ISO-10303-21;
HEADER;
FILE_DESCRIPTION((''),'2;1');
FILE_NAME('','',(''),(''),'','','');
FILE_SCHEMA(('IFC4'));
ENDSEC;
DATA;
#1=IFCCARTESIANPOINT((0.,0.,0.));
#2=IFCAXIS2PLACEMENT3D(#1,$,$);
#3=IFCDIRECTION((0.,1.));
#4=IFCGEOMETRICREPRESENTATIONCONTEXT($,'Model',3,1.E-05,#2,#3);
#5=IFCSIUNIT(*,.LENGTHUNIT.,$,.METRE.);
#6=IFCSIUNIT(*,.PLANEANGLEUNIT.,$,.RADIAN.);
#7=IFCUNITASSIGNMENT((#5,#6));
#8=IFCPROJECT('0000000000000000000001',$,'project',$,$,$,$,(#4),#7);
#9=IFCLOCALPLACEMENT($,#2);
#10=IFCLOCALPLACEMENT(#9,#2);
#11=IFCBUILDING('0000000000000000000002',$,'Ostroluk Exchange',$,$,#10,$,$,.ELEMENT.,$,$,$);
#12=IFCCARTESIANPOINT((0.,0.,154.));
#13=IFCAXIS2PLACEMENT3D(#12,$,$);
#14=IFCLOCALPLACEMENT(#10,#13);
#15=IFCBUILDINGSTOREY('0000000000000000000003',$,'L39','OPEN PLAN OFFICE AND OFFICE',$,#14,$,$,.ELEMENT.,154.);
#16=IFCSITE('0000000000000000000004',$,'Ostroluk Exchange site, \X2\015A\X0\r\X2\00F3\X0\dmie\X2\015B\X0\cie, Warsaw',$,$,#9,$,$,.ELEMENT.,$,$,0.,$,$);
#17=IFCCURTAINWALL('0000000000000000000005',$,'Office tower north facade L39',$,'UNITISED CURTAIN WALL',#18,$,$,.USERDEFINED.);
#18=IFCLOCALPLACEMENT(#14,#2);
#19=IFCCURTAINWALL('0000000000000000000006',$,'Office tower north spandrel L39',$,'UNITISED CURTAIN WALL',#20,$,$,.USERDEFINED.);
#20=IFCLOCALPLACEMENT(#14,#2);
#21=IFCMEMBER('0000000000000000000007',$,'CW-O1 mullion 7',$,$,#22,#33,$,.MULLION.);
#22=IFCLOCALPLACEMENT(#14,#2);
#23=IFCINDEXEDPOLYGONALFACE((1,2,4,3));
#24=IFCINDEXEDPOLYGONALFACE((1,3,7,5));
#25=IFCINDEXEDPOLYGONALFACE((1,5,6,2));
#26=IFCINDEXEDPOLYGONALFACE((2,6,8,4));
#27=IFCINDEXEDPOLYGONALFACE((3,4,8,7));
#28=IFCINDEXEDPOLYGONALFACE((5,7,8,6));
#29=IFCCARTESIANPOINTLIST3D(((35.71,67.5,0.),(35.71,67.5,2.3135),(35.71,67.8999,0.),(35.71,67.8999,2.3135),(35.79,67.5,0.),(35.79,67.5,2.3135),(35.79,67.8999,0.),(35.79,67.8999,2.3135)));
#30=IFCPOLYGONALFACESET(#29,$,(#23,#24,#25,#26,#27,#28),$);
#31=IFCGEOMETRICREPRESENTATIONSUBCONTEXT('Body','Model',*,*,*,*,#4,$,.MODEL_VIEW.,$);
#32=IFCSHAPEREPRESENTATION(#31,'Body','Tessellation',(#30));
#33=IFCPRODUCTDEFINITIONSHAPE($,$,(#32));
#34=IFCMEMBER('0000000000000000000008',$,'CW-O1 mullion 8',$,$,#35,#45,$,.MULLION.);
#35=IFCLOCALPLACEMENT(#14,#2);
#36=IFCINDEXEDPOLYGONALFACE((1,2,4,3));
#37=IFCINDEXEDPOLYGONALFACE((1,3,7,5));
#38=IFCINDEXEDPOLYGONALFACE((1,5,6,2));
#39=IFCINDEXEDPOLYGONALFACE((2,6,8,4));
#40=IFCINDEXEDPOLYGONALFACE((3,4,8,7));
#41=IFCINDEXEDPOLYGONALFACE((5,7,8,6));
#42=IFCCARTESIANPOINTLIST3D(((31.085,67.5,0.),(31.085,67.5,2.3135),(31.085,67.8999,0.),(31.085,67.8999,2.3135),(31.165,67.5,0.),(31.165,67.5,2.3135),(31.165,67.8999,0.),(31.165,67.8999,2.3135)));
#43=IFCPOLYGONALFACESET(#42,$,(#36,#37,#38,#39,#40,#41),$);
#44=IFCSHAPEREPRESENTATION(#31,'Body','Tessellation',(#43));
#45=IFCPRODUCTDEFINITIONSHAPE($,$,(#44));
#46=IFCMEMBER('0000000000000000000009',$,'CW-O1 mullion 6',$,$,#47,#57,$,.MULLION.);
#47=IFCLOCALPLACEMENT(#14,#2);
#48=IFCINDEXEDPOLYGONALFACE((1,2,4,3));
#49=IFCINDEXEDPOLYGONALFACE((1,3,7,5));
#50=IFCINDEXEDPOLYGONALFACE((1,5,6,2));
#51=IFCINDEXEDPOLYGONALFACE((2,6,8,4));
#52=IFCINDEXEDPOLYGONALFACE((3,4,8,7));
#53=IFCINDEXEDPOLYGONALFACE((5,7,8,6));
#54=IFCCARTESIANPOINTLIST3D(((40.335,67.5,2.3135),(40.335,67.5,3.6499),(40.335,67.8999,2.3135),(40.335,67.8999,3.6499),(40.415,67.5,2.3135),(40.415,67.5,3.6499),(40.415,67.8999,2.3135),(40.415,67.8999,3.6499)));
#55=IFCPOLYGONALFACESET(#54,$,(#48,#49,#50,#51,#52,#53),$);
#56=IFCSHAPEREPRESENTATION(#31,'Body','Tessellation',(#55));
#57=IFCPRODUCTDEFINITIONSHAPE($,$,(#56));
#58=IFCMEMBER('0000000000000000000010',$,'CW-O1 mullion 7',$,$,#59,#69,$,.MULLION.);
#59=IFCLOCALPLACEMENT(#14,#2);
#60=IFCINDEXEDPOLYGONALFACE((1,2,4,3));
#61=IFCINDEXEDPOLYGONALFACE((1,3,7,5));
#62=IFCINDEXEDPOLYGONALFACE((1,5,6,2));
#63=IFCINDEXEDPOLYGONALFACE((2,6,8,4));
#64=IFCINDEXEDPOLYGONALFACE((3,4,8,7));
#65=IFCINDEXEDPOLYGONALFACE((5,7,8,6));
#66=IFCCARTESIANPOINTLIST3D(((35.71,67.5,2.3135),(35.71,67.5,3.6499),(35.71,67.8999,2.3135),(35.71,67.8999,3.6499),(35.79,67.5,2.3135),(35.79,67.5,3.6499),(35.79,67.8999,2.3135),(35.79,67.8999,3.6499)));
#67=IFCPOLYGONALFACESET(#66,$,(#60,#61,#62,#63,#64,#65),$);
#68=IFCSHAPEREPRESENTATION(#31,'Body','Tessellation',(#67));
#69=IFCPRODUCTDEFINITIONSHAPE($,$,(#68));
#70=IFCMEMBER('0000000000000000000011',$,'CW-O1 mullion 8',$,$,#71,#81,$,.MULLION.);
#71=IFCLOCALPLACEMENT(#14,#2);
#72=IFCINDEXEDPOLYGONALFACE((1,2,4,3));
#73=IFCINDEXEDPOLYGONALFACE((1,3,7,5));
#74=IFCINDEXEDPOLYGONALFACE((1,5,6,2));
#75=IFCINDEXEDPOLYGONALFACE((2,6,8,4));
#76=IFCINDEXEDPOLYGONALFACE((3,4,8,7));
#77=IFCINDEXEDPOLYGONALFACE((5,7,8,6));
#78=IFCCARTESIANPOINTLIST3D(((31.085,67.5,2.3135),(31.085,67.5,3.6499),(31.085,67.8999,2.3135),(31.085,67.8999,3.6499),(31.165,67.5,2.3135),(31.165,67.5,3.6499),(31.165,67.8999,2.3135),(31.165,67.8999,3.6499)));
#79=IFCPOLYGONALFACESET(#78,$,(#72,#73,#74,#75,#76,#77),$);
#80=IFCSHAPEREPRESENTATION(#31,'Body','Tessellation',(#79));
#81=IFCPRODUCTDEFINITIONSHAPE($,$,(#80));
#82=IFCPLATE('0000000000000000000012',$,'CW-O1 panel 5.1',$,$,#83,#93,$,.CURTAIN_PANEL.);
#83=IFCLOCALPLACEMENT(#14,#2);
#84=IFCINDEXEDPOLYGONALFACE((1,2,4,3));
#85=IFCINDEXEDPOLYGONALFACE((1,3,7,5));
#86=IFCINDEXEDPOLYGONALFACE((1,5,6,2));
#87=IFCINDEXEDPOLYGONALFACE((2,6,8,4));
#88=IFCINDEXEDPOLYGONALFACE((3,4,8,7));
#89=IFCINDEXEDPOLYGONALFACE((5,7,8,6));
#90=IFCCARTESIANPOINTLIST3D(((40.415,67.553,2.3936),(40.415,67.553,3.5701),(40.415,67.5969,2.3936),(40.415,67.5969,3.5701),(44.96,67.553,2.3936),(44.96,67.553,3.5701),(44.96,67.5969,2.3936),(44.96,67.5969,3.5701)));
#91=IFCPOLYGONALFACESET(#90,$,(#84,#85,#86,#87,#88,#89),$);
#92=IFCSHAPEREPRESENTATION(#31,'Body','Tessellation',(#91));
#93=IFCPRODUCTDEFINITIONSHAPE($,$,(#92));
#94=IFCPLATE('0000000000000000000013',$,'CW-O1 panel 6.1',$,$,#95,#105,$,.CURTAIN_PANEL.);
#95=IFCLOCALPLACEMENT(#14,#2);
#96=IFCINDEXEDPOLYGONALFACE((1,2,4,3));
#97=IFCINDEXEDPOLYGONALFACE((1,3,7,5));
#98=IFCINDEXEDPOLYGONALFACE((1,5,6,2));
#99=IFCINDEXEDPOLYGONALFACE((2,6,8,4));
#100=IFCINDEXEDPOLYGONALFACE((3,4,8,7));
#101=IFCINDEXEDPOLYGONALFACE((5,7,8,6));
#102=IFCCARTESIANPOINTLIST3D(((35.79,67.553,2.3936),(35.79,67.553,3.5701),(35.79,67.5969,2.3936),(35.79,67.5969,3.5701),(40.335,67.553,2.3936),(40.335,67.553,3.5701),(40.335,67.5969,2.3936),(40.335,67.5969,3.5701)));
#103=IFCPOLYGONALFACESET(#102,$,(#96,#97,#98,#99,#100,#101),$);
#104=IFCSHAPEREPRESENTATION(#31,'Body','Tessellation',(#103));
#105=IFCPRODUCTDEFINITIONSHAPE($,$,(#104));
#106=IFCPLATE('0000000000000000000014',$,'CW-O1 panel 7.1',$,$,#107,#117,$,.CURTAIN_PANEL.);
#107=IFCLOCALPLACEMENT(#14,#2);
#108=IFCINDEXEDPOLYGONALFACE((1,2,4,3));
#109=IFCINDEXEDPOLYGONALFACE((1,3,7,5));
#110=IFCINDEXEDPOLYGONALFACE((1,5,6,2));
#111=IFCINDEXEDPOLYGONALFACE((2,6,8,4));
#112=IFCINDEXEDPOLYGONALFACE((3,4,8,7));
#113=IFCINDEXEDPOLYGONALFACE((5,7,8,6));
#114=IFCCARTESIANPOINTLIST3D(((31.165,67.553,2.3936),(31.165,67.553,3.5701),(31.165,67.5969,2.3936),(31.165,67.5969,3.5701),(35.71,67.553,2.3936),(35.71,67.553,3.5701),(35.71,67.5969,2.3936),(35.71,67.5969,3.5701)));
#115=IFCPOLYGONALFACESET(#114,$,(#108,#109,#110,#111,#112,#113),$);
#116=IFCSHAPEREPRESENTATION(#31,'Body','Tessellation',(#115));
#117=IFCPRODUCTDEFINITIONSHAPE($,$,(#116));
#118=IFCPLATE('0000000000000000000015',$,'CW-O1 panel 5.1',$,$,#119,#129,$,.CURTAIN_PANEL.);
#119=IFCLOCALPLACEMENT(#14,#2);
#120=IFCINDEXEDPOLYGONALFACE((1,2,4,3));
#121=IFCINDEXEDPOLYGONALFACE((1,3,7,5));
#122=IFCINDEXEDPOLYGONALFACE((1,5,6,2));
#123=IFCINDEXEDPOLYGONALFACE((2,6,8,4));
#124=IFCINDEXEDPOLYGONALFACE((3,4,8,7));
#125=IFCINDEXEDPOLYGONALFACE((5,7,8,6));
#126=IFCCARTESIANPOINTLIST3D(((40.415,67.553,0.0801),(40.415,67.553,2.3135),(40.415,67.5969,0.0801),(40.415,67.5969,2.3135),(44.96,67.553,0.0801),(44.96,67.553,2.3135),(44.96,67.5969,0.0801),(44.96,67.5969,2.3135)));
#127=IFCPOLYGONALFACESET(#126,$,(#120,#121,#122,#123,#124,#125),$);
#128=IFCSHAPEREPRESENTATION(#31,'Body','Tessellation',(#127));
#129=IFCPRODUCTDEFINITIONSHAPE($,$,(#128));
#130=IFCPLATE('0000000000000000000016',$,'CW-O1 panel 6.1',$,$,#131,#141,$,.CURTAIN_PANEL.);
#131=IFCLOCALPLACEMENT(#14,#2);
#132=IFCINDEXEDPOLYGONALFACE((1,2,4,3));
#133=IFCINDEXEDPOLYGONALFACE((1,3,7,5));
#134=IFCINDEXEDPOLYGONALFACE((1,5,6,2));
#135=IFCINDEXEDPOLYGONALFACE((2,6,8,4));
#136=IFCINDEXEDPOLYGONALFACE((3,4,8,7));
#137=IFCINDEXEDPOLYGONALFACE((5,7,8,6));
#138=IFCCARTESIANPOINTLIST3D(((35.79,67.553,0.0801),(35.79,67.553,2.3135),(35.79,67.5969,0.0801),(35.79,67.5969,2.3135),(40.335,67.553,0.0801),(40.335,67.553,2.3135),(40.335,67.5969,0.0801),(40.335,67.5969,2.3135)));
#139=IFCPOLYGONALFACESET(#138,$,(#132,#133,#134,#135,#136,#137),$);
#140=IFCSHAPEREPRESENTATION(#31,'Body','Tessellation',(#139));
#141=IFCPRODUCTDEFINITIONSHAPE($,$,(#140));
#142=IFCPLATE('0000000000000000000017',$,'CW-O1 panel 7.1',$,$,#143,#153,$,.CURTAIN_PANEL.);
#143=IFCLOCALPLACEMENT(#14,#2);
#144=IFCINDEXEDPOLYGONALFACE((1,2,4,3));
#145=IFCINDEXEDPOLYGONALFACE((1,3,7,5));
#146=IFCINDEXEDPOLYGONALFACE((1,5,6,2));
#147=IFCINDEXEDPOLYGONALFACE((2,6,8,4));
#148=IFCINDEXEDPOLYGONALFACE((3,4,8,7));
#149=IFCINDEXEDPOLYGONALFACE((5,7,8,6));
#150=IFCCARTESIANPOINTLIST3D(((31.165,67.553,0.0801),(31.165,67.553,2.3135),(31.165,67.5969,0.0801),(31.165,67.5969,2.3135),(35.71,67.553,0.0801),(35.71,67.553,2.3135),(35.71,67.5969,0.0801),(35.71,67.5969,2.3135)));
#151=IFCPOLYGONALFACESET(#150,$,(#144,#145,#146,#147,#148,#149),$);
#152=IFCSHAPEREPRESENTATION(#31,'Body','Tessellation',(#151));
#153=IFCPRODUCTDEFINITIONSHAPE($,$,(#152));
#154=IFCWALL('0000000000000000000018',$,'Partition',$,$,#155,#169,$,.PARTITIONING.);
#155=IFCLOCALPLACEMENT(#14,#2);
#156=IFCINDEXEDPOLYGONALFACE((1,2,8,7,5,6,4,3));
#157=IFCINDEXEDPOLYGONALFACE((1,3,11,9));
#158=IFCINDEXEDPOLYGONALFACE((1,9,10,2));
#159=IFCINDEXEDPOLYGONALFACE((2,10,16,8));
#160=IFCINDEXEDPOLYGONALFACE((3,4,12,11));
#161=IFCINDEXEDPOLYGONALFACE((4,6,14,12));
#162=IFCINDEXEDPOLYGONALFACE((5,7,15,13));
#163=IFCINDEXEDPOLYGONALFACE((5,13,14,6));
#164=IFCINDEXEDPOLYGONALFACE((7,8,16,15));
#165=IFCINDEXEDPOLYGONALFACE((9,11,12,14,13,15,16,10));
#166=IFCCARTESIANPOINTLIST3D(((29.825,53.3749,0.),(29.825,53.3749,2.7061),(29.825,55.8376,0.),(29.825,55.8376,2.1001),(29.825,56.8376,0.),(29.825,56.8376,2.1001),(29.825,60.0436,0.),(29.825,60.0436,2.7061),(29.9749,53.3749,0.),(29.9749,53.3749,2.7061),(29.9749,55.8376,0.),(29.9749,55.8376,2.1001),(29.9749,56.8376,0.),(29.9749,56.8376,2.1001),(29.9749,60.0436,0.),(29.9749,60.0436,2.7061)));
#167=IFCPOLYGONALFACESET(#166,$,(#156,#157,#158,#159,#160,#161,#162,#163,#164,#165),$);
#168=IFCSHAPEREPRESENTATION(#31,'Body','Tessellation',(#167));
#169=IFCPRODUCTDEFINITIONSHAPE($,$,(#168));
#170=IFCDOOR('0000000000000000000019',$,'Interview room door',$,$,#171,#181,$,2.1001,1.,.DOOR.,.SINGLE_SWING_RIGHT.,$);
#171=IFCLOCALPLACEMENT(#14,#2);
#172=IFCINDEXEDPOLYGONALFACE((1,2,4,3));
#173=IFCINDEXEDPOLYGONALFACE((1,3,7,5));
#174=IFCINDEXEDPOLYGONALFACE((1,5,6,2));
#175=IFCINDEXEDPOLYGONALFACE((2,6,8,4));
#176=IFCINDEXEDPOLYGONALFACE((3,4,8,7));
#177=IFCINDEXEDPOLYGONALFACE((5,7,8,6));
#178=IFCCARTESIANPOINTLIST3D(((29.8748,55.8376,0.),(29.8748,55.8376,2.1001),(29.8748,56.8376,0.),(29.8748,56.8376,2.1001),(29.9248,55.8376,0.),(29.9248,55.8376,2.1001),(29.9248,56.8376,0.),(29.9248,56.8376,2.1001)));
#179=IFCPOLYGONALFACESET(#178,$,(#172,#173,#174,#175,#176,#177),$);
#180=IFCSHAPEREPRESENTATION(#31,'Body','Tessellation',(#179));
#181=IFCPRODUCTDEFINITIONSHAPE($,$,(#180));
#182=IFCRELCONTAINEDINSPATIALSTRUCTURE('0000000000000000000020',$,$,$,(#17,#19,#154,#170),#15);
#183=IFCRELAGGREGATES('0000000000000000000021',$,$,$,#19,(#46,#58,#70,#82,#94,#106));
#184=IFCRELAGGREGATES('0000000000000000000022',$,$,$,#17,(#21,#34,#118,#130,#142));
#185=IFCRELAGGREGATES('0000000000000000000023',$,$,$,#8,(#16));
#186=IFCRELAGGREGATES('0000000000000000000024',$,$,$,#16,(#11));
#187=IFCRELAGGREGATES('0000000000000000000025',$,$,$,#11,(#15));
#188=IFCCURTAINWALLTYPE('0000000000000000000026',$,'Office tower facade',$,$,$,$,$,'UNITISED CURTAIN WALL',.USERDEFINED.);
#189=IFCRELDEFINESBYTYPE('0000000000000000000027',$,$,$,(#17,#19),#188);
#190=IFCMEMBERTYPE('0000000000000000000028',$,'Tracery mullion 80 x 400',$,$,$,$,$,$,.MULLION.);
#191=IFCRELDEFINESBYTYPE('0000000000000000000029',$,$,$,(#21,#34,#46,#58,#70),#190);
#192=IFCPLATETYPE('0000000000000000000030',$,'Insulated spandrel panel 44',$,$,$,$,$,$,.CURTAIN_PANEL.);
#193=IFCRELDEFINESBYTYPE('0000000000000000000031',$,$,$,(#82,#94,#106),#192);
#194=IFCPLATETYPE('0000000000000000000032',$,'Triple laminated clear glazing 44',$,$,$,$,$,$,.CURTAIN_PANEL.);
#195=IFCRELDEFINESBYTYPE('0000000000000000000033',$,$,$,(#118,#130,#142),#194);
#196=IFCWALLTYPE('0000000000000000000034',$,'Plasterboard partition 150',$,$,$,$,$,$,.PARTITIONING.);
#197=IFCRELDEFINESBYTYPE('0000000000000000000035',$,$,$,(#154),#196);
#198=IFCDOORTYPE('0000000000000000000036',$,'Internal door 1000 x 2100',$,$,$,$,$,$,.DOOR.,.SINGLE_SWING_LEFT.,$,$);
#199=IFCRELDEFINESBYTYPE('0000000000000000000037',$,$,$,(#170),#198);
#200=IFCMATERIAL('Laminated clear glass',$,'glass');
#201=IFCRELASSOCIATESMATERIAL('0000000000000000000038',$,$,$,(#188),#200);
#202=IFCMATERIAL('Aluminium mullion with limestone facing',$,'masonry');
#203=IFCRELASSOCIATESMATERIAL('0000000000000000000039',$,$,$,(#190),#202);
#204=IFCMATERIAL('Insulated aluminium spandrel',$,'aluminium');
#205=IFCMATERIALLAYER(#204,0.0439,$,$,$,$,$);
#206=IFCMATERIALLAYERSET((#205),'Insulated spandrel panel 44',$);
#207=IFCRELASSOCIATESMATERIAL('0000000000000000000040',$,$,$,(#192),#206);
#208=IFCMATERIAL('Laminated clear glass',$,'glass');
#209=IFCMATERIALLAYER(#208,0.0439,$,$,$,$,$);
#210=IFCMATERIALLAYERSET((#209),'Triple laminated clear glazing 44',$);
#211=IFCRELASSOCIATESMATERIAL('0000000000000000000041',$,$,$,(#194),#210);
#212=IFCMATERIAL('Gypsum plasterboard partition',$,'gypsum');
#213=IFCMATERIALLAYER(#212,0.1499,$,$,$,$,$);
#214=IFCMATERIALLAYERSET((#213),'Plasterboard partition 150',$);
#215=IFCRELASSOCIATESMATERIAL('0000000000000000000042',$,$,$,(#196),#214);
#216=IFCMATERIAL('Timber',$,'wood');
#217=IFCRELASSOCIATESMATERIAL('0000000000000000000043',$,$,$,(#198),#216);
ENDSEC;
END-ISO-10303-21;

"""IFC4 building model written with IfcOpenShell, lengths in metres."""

from ifc_helpers import new_model, si_unit, direction, frame, frame_2d, origin, origin_2d, place, context, subcontext, project, spatial, rectangle, extrude, material, layer, layer_set, material_profile, profile_set, type_object, element, fill, aggregate, save


model = new_model("IFC4")

# Units and contexts
model_context = context("Model", 3, precision=1e-05, world=origin(), true_north=direction((0.0, 1.0)))
body_context = subcontext(model_context, "Body", "Model", "MODEL_VIEW")
ifc_project = project(units=[si_unit("LENGTHUNIT", "METRE"), si_unit("PLANEANGLEUNIT", "RADIAN")], contexts=[model_context])

# Site, building, storey
site_placement = place(None, origin())
site = spatial("IfcSite", under=ifc_project, at=site_placement, Name="Ostroluk Exchange site, Śródmieście, Warsaw", CompositionType="ELEMENT", RefElevation=0.0)
building_placement = place(site_placement, origin())
building = spatial("IfcBuilding", under=site, at=building_placement, Name="Ostroluk Exchange", CompositionType="ELEMENT")
storey_placement = place(building_placement, frame((0.0, 0.0, 154.0)))
storey = spatial("IfcBuildingStorey", under=building, at=storey_placement, Name="L39", Description="OPEN PLAN OFFICE AND OFFICE", CompositionType="ELEMENT", Elevation=154.0)

# Curtain walls
ifc_material_1 = material(Name="Laminated clear glass", Category="glass")
curtain_wall_type = type_object("IfcCurtainWallType", Name="Office tower facade", ElementType="UNITISED CURTAIN WALL", PredefinedType="USERDEFINED", material=ifc_material_1)
curtain_wall_1_placement = place(storey_placement, origin())
curtain_wall_1 = element("IfcCurtainWall", 1, at=curtain_wall_1_placement, inside=storey, type_object=curtain_wall_type, Name="Office tower north facade L39", ObjectType="UNITISED CURTAIN WALL", PredefinedType="USERDEFINED")
curtain_wall_2_placement = place(storey_placement, origin())
curtain_wall_2 = element("IfcCurtainWall", 2, at=curtain_wall_2_placement, inside=storey, type_object=curtain_wall_type, Name="Office tower north spandrel L39", ObjectType="UNITISED CURTAIN WALL", PredefinedType="USERDEFINED")

# Members
ifc_material_2 = material(Name="Aluminium mullion with limestone facing", Category="masonry")
ifc_material_profile_1 = material_profile(ifc_material_2, rectangle(XDim=0.3999, YDim=0.0801, at=origin_2d()), Name="Tracery mullion 80 x 400")
ifc_profile_set_1 = profile_set([ifc_material_profile_1], Name="Aluminium mullion with limestone facing")
member_type_1 = type_object("IfcMemberType", Name="Tracery mullion 80 x 400", PredefinedType="MULLION", material=ifc_profile_set_1)
member_1_placement = place(storey_placement, frame((35.75, 67.7, 0.0), z_axis=(0.0, 0.0, 1.0), x_axis=(0.0, -1.0, 0.0)))
member_1 = element("IfcMember", 3, at=member_1_placement, type_object=member_type_1, Name="CW-O1 mullion 7", PredefinedType="MULLION", context=body_context, shape_type="SweptSolid", body=[
    extrude(rectangle(XDim=0.3999, YDim=0.0801, at=origin_2d()), origin(), (0.0, 0.0, 1.0), 2.3135),
])
member_2_placement = place(storey_placement, frame((31.125, 67.7, 0.0), z_axis=(0.0, 0.0, 1.0), x_axis=(0.0, -1.0, 0.0)))
member_2 = element("IfcMember", 4, at=member_2_placement, type_object=member_type_1, Name="CW-O1 mullion 8", PredefinedType="MULLION", context=body_context, shape_type="SweptSolid", body=[
    extrude(rectangle(XDim=0.3999, YDim=0.0801, at=origin_2d()), origin(), (0.0, 0.0, 1.0), 2.3135),
])
member_3_placement = place(storey_placement, frame((40.375, 67.7, 2.3135), z_axis=(0.0, 0.0, 1.0), x_axis=(0.0, -1.0, 0.0)))
member_3 = element("IfcMember", 5, at=member_3_placement, type_object=member_type_1, Name="CW-O1 mullion 6", PredefinedType="MULLION", context=body_context, shape_type="SweptSolid", body=[
    extrude(rectangle(XDim=0.3999, YDim=0.0801, at=origin_2d()), origin(), (0.0, 0.0, 1.0), 1.3364),
])
member_4_placement = place(storey_placement, frame((35.75, 67.7, 2.3135), z_axis=(0.0, 0.0, 1.0), x_axis=(0.0, -1.0, 0.0)))
member_4 = element("IfcMember", 6, at=member_4_placement, type_object=member_type_1, Name="CW-O1 mullion 7", PredefinedType="MULLION", context=body_context, shape_type="SweptSolid", body=[
    extrude(rectangle(XDim=0.3999, YDim=0.0801, at=origin_2d()), origin(), (0.0, 0.0, 1.0), 1.3364),
])
member_5_placement = place(storey_placement, frame((31.125, 67.7, 2.3135), z_axis=(0.0, 0.0, 1.0), x_axis=(0.0, -1.0, 0.0)))
member_5 = element("IfcMember", 7, at=member_5_placement, type_object=member_type_1, Name="CW-O1 mullion 8", PredefinedType="MULLION", context=body_context, shape_type="SweptSolid", body=[
    extrude(rectangle(XDim=0.3999, YDim=0.0801, at=origin_2d()), origin(), (0.0, 0.0, 1.0), 1.3364),
])

# Plates
ifc_material_3 = material(Name="Insulated aluminium spandrel", Category="aluminium")
ifc_layer_1 = layer(ifc_material_3, 0.0439)
ifc_layer_set_1 = layer_set([ifc_layer_1], Name="Insulated spandrel panel 44")
plate_type_1 = type_object("IfcPlateType", Name="Insulated spandrel panel 44", PredefinedType="CURTAIN_PANEL", material=ifc_layer_set_1)
plate_1_placement = place(storey_placement, frame((42.6875, 67.575, 2.3936), z_axis=(0.0, 0.0, 1.0), x_axis=(-1.0, 0.0, 0.0)))
plate_1 = element("IfcPlate", 8, at=plate_1_placement, type_object=plate_type_1, Name="CW-O1 panel 5.1", PredefinedType="CURTAIN_PANEL", context=body_context, shape_type="SweptSolid", body=[
    extrude(rectangle(XDim=4.5449, YDim=0.0439, at=origin_2d()), origin(), (0.0, 0.0, 1.0), 1.1765),
])
plate_2_placement = place(storey_placement, frame((38.0625, 67.575, 2.3936), z_axis=(0.0, 0.0, 1.0), x_axis=(-1.0, 0.0, 0.0)))
plate_2 = element("IfcPlate", 9, at=plate_2_placement, type_object=plate_type_1, Name="CW-O1 panel 6.1", PredefinedType="CURTAIN_PANEL", context=body_context, shape_type="SweptSolid", body=[
    extrude(rectangle(XDim=4.5449, YDim=0.0439, at=origin_2d()), origin(), (0.0, 0.0, 1.0), 1.1765),
])
plate_3_placement = place(storey_placement, frame((33.4375, 67.575, 2.3936), z_axis=(0.0, 0.0, 1.0), x_axis=(-1.0, 0.0, 0.0)))
plate_3 = element("IfcPlate", 10, at=plate_3_placement, type_object=plate_type_1, Name="CW-O1 panel 7.1", PredefinedType="CURTAIN_PANEL", context=body_context, shape_type="SweptSolid", body=[
    extrude(rectangle(XDim=4.5449, YDim=0.0439, at=origin_2d()), origin(), (0.0, 0.0, 1.0), 1.1765),
])
aggregate(curtain_wall_2, [member_3, member_4, member_5, plate_1, plate_2, plate_3])
ifc_material_4 = material(Name="Laminated clear glass", Category="glass")
ifc_layer_2 = layer(ifc_material_4, 0.0439)
ifc_layer_set_2 = layer_set([ifc_layer_2], Name="Triple laminated clear glazing 44")
plate_type_2 = type_object("IfcPlateType", Name="Triple laminated clear glazing 44", PredefinedType="CURTAIN_PANEL", material=ifc_layer_set_2)
plate_4_placement = place(storey_placement, frame((42.6875, 67.575, 0.0801), z_axis=(0.0, 0.0, 1.0), x_axis=(-1.0, 0.0, 0.0)))
plate_4 = element("IfcPlate", 11, at=plate_4_placement, type_object=plate_type_2, Name="CW-O1 panel 5.1", PredefinedType="CURTAIN_PANEL", context=body_context, shape_type="SweptSolid", body=[
    extrude(rectangle(XDim=4.5449, YDim=0.0439, at=origin_2d()), origin(), (0.0, 0.0, 1.0), 2.2334),
])
plate_5_placement = place(storey_placement, frame((38.0625, 67.575, 0.0801), z_axis=(0.0, 0.0, 1.0), x_axis=(-1.0, 0.0, 0.0)))
plate_5 = element("IfcPlate", 12, at=plate_5_placement, type_object=plate_type_2, Name="CW-O1 panel 6.1", PredefinedType="CURTAIN_PANEL", context=body_context, shape_type="SweptSolid", body=[
    extrude(rectangle(XDim=4.5449, YDim=0.0439, at=origin_2d()), origin(), (0.0, 0.0, 1.0), 2.2334),
])
plate_6_placement = place(storey_placement, frame((33.4375, 67.575, 0.0801), z_axis=(0.0, 0.0, 1.0), x_axis=(-1.0, 0.0, 0.0)))
plate_6 = element("IfcPlate", 13, at=plate_6_placement, type_object=plate_type_2, Name="CW-O1 panel 7.1", PredefinedType="CURTAIN_PANEL", context=body_context, shape_type="SweptSolid", body=[
    extrude(rectangle(XDim=4.5449, YDim=0.0439, at=origin_2d()), origin(), (0.0, 0.0, 1.0), 2.2334),
])
aggregate(curtain_wall_1, [member_1, member_2, plate_4, plate_5, plate_6])

# Wall, opening, door
ifc_material_5 = material(Name="Gypsum plasterboard partition", Category="gypsum")
ifc_layer_3 = layer(ifc_material_5, 0.1499)
ifc_layer_set_3 = layer_set([ifc_layer_3], Name="Plasterboard partition 150")
wall_type = type_object("IfcWallType", Name="Plasterboard partition 150", PredefinedType="PARTITIONING", material=ifc_layer_set_3)
wall_placement = place(storey_placement, frame((29.8999, 60.0437, 0.0), z_axis=(0.0, 0.0, 1.0), x_axis=(0.0, -1.0, 0.0)))
wall = element("IfcWall", 14, at=wall_placement, inside=storey, type_object=wall_type, Name="Partition", PredefinedType="PARTITIONING", context=body_context, shape_type="SweptSolid", body=[
    extrude(rectangle(XDim=6.6687, YDim=0.1499, at=frame_2d((3.3345, 0.0))), origin(), (0.0, 0.0, 1.0), 2.7061),
])
opening_placement = place(wall_placement, frame((3.2061, 0.0, 0.0)))
opening = element("IfcOpeningElement", 15, at=opening_placement, cuts=wall, PredefinedType="OPENING", context=body_context, shape_type="SweptSolid", body=[
    extrude(rectangle(XDim=1.0, YDim=2.1001, at=frame_2d((0.5, 1.05))), frame((0.0, 0.085, 0.0), z_axis=(0.0, -1.0, 0.0), x_axis=(1.0, 0.0, 0.0)), (0.0, 0.0, 1.0), 0.1699),
])
ifc_material_6 = material(Name="Timber", Category="wood")
door_type = type_object("IfcDoorType", Name="Internal door 1000 x 2100", OperationType="SINGLE_SWING_LEFT", PredefinedType="DOOR", material=ifc_material_6)
door_placement = place(opening_placement, origin())
door = element("IfcDoor", 16, at=door_placement, inside=storey, type_object=door_type, Name="Interview room door", OperationType="SINGLE_SWING_RIGHT", OverallHeight=2.1001, OverallWidth=1.0, PredefinedType="DOOR", context=body_context, shape_type="SweptSolid", body=[
    extrude(rectangle(XDim=1.0, YDim=2.1001, at=frame_2d((0.5, 1.05))), frame((0.0, 0.0249, 0.0), z_axis=(0.0, -1.0, 0.0), x_axis=(1.0, 0.0, 0.0)), (0.0, 0.0, 1.0), 0.05),
])
fill(opening, door)

save(model, "model.ifc")
